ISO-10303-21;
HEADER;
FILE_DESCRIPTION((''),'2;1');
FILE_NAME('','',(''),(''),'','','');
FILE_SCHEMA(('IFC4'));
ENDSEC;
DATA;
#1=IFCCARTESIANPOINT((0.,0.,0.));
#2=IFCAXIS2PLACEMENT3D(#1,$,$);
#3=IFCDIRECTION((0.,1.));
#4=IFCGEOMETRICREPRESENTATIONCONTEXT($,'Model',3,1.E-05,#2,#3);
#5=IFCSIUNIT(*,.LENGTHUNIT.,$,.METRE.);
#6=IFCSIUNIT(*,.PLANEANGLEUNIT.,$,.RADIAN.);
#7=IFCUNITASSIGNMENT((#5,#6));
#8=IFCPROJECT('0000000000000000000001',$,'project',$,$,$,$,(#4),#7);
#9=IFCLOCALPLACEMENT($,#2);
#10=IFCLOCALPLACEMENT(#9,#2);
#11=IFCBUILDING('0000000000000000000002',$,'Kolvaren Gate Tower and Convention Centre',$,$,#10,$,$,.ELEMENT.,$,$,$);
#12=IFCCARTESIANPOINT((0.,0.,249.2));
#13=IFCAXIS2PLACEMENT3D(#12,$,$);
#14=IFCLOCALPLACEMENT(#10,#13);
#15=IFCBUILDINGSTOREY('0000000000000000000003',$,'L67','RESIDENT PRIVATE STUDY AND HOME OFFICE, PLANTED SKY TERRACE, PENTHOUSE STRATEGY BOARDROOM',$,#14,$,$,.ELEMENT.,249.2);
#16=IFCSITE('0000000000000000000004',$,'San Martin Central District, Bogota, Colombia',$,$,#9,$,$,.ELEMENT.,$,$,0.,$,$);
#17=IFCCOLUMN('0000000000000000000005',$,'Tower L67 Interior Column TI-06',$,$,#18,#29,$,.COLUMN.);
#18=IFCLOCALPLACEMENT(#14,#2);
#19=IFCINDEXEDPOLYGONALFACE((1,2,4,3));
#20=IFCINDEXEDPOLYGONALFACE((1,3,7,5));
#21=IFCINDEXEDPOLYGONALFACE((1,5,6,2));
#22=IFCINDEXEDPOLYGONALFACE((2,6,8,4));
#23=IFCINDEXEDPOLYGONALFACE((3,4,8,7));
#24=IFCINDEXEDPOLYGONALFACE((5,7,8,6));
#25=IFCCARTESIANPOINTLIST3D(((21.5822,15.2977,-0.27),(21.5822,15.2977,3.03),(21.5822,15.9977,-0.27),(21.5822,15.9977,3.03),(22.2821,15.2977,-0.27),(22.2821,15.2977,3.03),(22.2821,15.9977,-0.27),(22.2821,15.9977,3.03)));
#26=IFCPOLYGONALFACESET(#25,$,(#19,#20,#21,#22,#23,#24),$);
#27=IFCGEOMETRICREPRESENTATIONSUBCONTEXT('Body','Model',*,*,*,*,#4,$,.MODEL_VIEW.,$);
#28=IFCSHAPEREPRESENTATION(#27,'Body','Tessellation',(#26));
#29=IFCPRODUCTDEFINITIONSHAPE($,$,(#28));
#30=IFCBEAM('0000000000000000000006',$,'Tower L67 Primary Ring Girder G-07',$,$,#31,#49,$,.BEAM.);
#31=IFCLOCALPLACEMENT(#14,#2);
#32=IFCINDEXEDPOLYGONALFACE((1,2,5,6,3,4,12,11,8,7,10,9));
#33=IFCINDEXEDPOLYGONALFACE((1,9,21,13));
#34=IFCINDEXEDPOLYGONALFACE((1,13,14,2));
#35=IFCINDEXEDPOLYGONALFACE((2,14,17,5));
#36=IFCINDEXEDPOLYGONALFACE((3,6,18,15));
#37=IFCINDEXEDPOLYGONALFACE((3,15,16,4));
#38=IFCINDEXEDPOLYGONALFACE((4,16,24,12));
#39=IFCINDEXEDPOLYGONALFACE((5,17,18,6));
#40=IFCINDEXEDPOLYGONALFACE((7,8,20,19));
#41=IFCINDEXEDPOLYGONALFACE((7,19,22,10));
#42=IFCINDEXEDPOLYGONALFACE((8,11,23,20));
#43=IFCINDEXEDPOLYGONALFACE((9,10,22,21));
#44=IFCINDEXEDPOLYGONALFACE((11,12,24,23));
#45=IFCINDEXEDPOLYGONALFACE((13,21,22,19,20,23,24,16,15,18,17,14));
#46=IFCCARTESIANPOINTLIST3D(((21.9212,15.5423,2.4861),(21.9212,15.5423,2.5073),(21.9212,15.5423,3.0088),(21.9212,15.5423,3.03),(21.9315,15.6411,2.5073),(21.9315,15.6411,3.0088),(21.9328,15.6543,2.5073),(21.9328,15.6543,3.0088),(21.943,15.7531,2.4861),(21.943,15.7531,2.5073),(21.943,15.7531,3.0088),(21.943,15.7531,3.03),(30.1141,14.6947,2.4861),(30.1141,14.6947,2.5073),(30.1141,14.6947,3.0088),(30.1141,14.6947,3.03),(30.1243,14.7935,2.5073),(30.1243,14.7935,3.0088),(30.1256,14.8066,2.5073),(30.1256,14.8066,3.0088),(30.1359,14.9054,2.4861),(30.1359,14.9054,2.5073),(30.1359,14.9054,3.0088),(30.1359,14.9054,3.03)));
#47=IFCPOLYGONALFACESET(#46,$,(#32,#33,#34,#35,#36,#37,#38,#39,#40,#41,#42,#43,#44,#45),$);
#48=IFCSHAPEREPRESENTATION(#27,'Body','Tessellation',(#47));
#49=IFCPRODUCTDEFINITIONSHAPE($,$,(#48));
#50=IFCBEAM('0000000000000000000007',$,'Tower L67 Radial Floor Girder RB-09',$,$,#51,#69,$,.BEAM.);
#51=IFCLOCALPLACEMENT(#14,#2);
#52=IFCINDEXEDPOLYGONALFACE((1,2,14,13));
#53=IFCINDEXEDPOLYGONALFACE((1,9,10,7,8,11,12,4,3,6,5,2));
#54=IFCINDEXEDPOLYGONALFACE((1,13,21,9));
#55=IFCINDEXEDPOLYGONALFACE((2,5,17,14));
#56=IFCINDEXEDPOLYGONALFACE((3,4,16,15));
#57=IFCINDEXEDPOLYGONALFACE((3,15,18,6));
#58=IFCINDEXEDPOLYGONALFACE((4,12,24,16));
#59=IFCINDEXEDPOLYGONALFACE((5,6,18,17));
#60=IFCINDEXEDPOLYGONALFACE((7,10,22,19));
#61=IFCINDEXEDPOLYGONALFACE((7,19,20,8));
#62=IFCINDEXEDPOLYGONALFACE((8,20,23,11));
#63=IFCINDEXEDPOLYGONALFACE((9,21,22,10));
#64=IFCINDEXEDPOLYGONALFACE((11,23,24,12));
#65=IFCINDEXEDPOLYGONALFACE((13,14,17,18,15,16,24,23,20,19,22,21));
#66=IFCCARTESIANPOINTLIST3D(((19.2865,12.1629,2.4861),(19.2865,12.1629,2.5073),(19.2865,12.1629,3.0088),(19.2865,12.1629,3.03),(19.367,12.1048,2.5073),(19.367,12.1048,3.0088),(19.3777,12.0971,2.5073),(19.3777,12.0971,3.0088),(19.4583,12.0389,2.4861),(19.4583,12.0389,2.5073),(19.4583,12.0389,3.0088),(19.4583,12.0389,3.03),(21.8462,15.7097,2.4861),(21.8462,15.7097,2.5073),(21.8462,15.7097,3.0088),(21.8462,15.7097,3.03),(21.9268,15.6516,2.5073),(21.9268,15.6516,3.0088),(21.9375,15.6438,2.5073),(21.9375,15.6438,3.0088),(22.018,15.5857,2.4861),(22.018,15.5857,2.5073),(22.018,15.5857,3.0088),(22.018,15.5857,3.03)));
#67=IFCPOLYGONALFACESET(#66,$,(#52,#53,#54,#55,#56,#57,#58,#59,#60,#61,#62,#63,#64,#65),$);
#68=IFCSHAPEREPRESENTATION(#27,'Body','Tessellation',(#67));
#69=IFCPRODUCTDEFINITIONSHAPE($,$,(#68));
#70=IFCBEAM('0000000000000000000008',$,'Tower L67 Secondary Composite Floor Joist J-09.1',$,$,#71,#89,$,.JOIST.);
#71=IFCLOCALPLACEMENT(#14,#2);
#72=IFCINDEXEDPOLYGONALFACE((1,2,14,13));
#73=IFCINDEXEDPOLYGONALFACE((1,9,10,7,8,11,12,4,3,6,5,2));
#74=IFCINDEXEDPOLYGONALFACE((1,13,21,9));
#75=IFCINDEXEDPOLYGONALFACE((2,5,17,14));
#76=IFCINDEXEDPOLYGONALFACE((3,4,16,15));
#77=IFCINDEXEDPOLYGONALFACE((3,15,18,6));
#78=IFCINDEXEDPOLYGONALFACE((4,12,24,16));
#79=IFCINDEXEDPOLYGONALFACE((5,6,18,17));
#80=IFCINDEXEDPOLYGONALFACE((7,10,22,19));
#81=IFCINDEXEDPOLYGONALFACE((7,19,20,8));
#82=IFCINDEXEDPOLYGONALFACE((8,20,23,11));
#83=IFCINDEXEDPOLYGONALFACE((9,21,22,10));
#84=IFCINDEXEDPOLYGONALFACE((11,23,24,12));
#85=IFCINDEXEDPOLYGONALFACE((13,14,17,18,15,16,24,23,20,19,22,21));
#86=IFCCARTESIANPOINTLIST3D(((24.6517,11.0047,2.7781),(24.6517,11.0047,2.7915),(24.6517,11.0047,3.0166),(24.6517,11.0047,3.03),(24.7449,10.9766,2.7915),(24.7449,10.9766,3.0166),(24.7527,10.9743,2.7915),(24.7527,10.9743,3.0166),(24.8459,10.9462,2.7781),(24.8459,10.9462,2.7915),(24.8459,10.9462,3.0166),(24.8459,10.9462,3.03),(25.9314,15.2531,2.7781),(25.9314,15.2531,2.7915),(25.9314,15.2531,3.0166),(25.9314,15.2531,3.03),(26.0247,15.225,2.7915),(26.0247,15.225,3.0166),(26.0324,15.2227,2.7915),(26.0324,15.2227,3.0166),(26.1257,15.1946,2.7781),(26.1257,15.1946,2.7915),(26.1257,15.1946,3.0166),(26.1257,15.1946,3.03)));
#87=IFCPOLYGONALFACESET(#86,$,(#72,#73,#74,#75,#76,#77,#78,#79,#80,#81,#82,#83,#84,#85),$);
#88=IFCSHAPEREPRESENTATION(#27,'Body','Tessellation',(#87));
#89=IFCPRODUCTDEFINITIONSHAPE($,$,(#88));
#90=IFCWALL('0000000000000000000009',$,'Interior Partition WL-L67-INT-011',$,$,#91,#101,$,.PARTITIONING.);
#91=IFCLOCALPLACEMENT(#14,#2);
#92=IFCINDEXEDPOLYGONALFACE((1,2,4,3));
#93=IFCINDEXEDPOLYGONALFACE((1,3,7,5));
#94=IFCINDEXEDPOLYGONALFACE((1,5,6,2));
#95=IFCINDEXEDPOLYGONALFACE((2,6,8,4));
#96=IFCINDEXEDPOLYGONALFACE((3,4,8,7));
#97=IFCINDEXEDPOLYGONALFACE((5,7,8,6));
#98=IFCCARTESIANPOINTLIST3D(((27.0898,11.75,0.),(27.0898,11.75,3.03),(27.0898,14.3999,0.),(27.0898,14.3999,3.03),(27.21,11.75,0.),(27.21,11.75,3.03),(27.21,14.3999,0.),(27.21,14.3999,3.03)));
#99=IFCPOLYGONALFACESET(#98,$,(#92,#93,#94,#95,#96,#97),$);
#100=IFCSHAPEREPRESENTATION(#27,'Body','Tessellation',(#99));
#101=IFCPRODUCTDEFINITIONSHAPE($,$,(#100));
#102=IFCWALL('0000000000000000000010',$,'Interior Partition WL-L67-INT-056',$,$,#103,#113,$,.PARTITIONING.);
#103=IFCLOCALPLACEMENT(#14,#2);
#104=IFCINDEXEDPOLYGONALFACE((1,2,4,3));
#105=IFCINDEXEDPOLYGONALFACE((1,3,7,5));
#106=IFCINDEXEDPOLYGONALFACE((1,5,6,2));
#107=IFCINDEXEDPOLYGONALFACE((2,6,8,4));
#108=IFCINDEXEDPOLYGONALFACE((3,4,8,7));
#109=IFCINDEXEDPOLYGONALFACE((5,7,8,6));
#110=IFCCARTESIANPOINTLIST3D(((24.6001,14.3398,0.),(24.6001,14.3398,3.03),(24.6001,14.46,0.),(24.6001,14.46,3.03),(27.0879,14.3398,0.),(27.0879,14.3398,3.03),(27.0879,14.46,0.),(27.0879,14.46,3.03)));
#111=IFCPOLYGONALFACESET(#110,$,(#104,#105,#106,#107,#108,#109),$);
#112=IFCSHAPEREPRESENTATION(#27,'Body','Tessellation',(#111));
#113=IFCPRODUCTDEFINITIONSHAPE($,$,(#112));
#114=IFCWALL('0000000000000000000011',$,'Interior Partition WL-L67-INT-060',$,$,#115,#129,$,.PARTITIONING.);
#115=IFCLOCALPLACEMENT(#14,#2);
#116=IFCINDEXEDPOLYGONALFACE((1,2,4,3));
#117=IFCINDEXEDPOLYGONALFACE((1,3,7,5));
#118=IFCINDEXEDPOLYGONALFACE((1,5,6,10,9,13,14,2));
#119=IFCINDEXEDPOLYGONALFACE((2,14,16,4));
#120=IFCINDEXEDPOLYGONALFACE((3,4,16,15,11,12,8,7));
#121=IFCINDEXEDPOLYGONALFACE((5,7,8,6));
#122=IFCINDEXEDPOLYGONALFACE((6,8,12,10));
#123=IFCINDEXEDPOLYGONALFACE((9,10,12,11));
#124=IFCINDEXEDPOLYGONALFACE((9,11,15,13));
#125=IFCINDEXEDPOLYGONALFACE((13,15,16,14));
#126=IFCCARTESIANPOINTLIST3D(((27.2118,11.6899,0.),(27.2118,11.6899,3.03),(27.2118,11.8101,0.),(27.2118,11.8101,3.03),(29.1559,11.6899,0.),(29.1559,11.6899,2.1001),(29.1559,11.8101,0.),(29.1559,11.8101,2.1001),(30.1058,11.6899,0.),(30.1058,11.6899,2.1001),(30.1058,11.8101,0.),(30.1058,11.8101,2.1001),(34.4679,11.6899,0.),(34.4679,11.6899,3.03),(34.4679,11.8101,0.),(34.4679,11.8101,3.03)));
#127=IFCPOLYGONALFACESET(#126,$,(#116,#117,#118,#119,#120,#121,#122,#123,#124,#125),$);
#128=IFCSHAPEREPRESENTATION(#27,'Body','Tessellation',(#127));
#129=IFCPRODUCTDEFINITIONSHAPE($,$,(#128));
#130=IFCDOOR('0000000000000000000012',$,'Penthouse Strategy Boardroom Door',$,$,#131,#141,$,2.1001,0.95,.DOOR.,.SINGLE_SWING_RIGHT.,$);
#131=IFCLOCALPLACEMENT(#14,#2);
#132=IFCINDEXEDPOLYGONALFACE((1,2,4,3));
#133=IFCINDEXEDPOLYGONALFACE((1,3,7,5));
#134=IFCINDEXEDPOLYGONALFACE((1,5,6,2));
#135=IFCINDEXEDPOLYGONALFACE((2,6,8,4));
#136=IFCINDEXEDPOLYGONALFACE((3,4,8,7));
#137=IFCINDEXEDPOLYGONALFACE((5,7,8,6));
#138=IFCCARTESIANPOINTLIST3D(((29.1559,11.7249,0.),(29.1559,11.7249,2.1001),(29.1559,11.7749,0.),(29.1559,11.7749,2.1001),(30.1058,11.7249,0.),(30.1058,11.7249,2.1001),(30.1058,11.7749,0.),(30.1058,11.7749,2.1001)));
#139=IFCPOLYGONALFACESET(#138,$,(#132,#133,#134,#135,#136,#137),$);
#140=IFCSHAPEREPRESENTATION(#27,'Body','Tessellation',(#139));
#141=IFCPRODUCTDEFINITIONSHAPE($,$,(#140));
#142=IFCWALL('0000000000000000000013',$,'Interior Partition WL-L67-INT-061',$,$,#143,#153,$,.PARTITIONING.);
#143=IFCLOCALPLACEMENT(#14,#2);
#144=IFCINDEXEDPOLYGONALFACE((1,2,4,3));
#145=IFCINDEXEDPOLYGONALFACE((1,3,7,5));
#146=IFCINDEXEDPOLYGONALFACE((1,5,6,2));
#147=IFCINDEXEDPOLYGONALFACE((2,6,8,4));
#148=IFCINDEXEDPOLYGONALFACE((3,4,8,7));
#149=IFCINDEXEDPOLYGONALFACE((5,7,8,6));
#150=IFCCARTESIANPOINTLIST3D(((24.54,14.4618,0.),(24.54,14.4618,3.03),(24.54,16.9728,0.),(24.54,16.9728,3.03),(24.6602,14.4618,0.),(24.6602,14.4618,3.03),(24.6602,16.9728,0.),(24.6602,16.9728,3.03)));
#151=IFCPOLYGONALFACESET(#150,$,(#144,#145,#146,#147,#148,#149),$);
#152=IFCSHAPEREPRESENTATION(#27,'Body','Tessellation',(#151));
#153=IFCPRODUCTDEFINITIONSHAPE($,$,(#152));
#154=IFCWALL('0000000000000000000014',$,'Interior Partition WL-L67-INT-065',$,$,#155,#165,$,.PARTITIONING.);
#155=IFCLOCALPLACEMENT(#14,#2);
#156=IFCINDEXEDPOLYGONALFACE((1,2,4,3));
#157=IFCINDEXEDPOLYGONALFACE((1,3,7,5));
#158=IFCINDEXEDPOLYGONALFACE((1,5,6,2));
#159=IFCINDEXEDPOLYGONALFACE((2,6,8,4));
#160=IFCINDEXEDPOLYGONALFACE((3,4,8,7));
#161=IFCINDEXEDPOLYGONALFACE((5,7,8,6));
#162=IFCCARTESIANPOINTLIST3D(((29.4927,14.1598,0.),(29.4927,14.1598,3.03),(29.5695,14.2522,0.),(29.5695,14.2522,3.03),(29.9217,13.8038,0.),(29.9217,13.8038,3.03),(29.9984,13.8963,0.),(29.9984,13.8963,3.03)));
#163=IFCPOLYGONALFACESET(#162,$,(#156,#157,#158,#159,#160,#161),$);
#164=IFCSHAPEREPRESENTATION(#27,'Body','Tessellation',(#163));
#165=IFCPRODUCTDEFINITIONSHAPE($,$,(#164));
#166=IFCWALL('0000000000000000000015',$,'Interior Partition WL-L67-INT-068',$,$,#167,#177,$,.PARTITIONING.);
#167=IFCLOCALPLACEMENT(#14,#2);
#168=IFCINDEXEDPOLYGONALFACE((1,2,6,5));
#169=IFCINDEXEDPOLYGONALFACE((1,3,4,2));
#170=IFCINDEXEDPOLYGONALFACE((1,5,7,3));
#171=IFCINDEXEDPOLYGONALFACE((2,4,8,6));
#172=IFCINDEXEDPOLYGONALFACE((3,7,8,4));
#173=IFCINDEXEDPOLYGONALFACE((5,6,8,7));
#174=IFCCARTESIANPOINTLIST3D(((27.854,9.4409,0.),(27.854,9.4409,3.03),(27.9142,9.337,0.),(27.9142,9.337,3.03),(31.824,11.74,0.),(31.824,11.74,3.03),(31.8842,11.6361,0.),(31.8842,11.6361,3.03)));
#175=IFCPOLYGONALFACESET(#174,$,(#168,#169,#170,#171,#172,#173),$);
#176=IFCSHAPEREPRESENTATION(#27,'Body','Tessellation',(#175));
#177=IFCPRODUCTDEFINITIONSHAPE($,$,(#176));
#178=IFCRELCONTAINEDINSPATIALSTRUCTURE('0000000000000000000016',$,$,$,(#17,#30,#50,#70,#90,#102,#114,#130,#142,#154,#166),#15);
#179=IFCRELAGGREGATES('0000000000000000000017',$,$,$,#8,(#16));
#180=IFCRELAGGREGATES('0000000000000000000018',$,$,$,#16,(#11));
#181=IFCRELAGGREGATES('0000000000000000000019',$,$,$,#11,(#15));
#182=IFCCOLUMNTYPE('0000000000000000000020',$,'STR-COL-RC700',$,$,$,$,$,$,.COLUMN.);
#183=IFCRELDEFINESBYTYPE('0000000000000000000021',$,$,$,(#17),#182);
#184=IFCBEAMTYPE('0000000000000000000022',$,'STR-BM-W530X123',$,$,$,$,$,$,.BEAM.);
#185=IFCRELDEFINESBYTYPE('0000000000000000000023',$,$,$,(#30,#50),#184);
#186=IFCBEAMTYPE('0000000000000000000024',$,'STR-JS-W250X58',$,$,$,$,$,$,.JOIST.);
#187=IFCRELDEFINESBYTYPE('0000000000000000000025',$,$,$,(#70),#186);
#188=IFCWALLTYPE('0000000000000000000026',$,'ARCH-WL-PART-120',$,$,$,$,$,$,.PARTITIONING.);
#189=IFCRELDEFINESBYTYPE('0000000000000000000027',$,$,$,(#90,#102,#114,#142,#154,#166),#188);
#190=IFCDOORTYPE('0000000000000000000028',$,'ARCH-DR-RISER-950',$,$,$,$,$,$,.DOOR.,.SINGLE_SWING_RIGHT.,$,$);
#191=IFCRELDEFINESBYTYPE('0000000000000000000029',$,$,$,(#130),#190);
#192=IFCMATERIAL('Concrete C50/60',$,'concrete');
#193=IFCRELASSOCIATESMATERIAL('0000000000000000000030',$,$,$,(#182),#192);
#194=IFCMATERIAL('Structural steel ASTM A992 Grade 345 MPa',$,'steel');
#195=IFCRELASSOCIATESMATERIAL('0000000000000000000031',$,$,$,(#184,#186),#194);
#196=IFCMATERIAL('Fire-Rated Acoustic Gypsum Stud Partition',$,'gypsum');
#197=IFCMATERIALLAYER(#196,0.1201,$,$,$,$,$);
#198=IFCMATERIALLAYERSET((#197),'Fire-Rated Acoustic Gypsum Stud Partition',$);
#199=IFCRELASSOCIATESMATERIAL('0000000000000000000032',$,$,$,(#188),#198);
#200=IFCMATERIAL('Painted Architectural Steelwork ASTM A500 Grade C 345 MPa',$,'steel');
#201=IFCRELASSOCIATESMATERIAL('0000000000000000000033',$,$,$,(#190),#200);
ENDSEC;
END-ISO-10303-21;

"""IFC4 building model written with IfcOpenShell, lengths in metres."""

from ifc_helpers import new_model, si_unit, direction, frame, frame_2d, origin, origin_2d, place, context, subcontext, project, spatial, rectangle, i_section, extrude, material, layer, layer_set, material_profile, profile_set, type_object, element, fill, save


model = new_model("IFC4")

# Units and contexts
model_context = context("Model", 3, precision=1e-05, world=origin(), true_north=direction((0.0, 1.0)))
body_context = subcontext(model_context, "Body", "Model", "MODEL_VIEW")
ifc_project = project(units=[si_unit("LENGTHUNIT", "METRE"), si_unit("PLANEANGLEUNIT", "RADIAN")], contexts=[model_context])

# Site, building, storey
site_placement = place(None, origin())
site = spatial("IfcSite", under=ifc_project, at=site_placement, Name="San Martin Central District, Bogota, Colombia", CompositionType="ELEMENT", RefElevation=0.0)
building_placement = place(site_placement, origin())
building = spatial("IfcBuilding", under=site, at=building_placement, Name="Kolvaren Gate Tower and Convention Centre", CompositionType="ELEMENT")
storey_placement = place(building_placement, frame((0.0, 0.0, 249.2)))
storey = spatial("IfcBuildingStorey", under=building, at=storey_placement, Name="L67", Description="RESIDENT PRIVATE STUDY AND HOME OFFICE, PLANTED SKY TERRACE, PENTHOUSE STRATEGY BOARDROOM", CompositionType="ELEMENT", Elevation=249.2)

# Column
ifc_material_1 = material(Name="Concrete C50/60", Category="concrete")
ifc_material_profile_1 = material_profile(ifc_material_1, rectangle(XDim=0.7, YDim=0.7, at=origin_2d()), Name="RC-COL-700X700")
ifc_profile_set_1 = profile_set([ifc_material_profile_1], Name="Concrete C50/60")
column_type = type_object("IfcColumnType", Name="STR-COL-RC700", PredefinedType="COLUMN", material=ifc_profile_set_1)
column_placement = place(storey_placement, frame((21.9321, 15.6477, -0.27), z_axis=(0.0, 0.0, 1.0), x_axis=(1.0, 0.0, 0.0)))
element("IfcColumn", 1, at=column_placement, inside=storey, type_object=column_type, Name="Tower L67 Interior Column TI-06", PredefinedType="COLUMN", context=body_context, shape_type="SweptSolid", body=[
    extrude(rectangle(XDim=0.7, YDim=0.7, at=origin_2d()), origin(), (0.0, 0.0, 1.0), 3.3),
])

# Beams
ifc_material_2 = material(Name="Structural steel ASTM A992 Grade 345 MPa", Category="steel")
ifc_material_profile_2 = material_profile(ifc_material_2, i_section(OverallWidth=0.2119, OverallDepth=0.5439, WebThickness=0.0132, FlangeThickness=0.0212, at=origin_2d()), Name="W530X123")
ifc_profile_set_2 = profile_set([ifc_material_profile_2], Name="Structural steel ASTM A992 Grade 345 MPa")
beam_type_1 = type_object("IfcBeamType", Name="STR-BM-W530X123", PredefinedType="BEAM", material=ifc_profile_set_2)
beam_1_placement = place(storey_placement, frame((21.9321, 15.6477, 2.7581), z_axis=(0.99469, -0.102913, 0.0), x_axis=(0.102913, 0.99469, 0.0)))
element("IfcBeam", 2, at=beam_1_placement, inside=storey, type_object=beam_type_1, Name="Tower L67 Primary Ring Girder G-07", PredefinedType="BEAM", context=body_context, shape_type="SweptSolid", body=[
    extrude(i_section(OverallWidth=0.2119, OverallDepth=0.5439, WebThickness=0.0132, FlangeThickness=0.0212, at=origin_2d()), origin(), (0.0, 0.0, 1.0), 8.2366),
])
beam_2_placement = place(storey_placement, frame((21.9321, 15.6477, 2.7581), z_axis=(-0.585217, -0.810876, 0.0), x_axis=(0.810876, -0.585217, 0.0)))
element("IfcBeam", 3, at=beam_2_placement, inside=storey, type_object=beam_type_1, Name="Tower L67 Radial Floor Girder RB-09", PredefinedType="BEAM", context=body_context, shape_type="SweptSolid", body=[
    extrude(i_section(OverallWidth=0.2119, OverallDepth=0.5439, WebThickness=0.0132, FlangeThickness=0.0212, at=origin_2d()), origin(), (0.0, 0.0, 1.0), 4.374),
])
ifc_material_profile_3 = material_profile(ifc_material_2, i_section(OverallWidth=0.2029, OverallDepth=0.252, WebThickness=0.0081, FlangeThickness=0.0134, at=origin_2d()), Name="W250X58")
ifc_profile_set_3 = profile_set([ifc_material_profile_3], Name="Structural steel ASTM A992 Grade 345 MPa")
beam_type_2 = type_object("IfcBeamType", Name="STR-JS-W250X58", PredefinedType="JOIST", material=ifc_profile_set_3)
beam_3_placement = place(storey_placement, frame((26.0286, 15.2239, 2.9041), z_axis=(-0.288428, -0.957502, 0.0), x_axis=(0.957502, -0.288428, 0.0)))
element("IfcBeam", 4, at=beam_3_placement, inside=storey, type_object=beam_type_2, Name="Tower L67 Secondary Composite Floor Joist J-09.1", PredefinedType="JOIST", context=body_context, shape_type="SweptSolid", body=[
    extrude(i_section(OverallWidth=0.2029, OverallDepth=0.252, WebThickness=0.0081, FlangeThickness=0.0134, at=origin_2d()), origin(), (0.0, 0.0, 1.0), 4.437),
])

# Walls
ifc_material_3 = material(Name="Fire-Rated Acoustic Gypsum Stud Partition", Category="gypsum")
ifc_layer_1 = layer(ifc_material_3, 0.1201)
ifc_layer_set_1 = layer_set([ifc_layer_1], Name="Fire-Rated Acoustic Gypsum Stud Partition")
wall_type_1 = type_object("IfcWallType", Name="ARCH-WL-PART-120", PredefinedType="PARTITIONING", material=ifc_layer_set_1)
wall_1_placement = place(storey_placement, frame((27.1499, 11.75, 0.0), z_axis=(0.0, 0.0, 1.0), x_axis=(0.0, 1.0, 0.0)))
element("IfcWall", 5, at=wall_1_placement, inside=storey, type_object=wall_type_1, Name="Interior Partition WL-L67-INT-011", PredefinedType="PARTITIONING", context=body_context, shape_type="SweptSolid", body=[
    extrude(rectangle(XDim=2.6499, YDim=0.1201, at=frame_2d((1.325, 0.0))), origin(), (0.0, 0.0, 1.0), 3.03),
])
wall_2_placement = place(storey_placement, frame((24.6001, 14.3999, 0.0), z_axis=(0.0, 0.0, 1.0), x_axis=(1.0, 0.0, 0.0)))
element("IfcWall", 6, at=wall_2_placement, inside=storey, type_object=wall_type_1, Name="Interior Partition WL-L67-INT-056", PredefinedType="PARTITIONING", context=body_context, shape_type="SweptSolid", body=[
    extrude(rectangle(XDim=2.4878, YDim=0.1201, at=frame_2d((1.2439, 0.0))), origin(), (0.0, 0.0, 1.0), 3.03),
])

# Wall, opening, door
wall_3_placement = place(storey_placement, frame((27.2119, 11.75, 0.0), z_axis=(0.0, 0.0, 1.0), x_axis=(1.0, 0.0, 0.0)))
wall_3 = element("IfcWall", 7, at=wall_3_placement, inside=storey, type_object=wall_type_1, Name="Interior Partition WL-L67-INT-060", PredefinedType="PARTITIONING", context=body_context, shape_type="SweptSolid", body=[
    extrude(rectangle(XDim=7.2561, YDim=0.1201, at=frame_2d((3.6279, 0.0))), origin(), (0.0, 0.0, 1.0), 3.03),
])
opening_1_placement = place(wall_3_placement, frame((1.9438, 0.0, 0.0)))
opening_1 = element("IfcOpeningElement", 8, at=opening_1_placement, cuts=wall_3, PredefinedType="OPENING", context=body_context, shape_type="SweptSolid", body=[
    extrude(rectangle(XDim=0.95, YDim=2.1001, at=frame_2d((0.4751, 1.05))), frame((0.0, 0.0701, 0.0), z_axis=(0.0, -1.0, 0.0), x_axis=(1.0, 0.0, 0.0)), (0.0, 0.0, 1.0), 0.1401),
])
ifc_material_4 = material(Name="Painted Architectural Steelwork ASTM A500 Grade C 345 MPa", Category="steel")
door_type = type_object("IfcDoorType", Name="ARCH-DR-RISER-950", OperationType="SINGLE_SWING_RIGHT", PredefinedType="DOOR", material=ifc_material_4)
door_placement = place(opening_1_placement, origin())
door = element("IfcDoor", 9, at=door_placement, inside=storey, type_object=door_type, Name="Penthouse Strategy Boardroom Door", OperationType="SINGLE_SWING_RIGHT", OverallHeight=2.1001, OverallWidth=0.95, PredefinedType="DOOR", context=body_context, shape_type="SweptSolid", body=[
    extrude(rectangle(XDim=0.95, YDim=2.1001, at=frame_2d((0.4751, 1.05))), frame((0.0, 0.0249, 0.0), z_axis=(0.0, -1.0, 0.0), x_axis=(1.0, 0.0, 0.0)), (0.0, 0.0, 1.0), 0.05),
])
fill(opening_1, door)

# Walls
wall_4_placement = place(storey_placement, frame((24.6001, 14.4619, 0.0), z_axis=(0.0, 0.0, 1.0), x_axis=(0.0, 1.0, 0.0)))
element("IfcWall", 10, at=wall_4_placement, inside=storey, type_object=wall_type_1, Name="Interior Partition WL-L67-INT-061", PredefinedType="PARTITIONING", context=body_context, shape_type="SweptSolid", body=[
    extrude(rectangle(XDim=2.511, YDim=0.1201, at=frame_2d((1.2554, 0.0))), origin(), (0.0, 0.0, 1.0), 3.03),
])
wall_5_placement = place(storey_placement, frame((29.531, 14.2061, 0.0), z_axis=(0.0, 0.0, 1.0), x_axis=(0.769548, -0.638589, 0.0)))
element("IfcWall", 11, at=wall_5_placement, inside=storey, type_object=wall_type_1, Name="Interior Partition WL-L67-INT-065", PredefinedType="PARTITIONING", context=body_context, shape_type="SweptSolid", body=[
    extrude(rectangle(XDim=0.5574, YDim=0.1201, at=frame_2d((0.2788, 0.0))), origin(), (0.0, 0.0, 1.0), 3.03),
])
wall_6_placement = place(storey_placement, frame((27.884, 9.3889, 0.0), z_axis=(0.0, 0.0, 1.0), x_axis=(0.865363, 0.501145, 0.0)))
element("IfcWall", 12, at=wall_6_placement, inside=storey, type_object=wall_type_1, Name="Interior Partition WL-L67-INT-068", PredefinedType="PARTITIONING", context=body_context, shape_type="SweptSolid", body=[
    extrude(rectangle(XDim=4.5876, YDim=0.1201, at=frame_2d((2.2939, 0.0))), origin(), (0.0, 0.0, 1.0), 3.03),
])

save(model, "model.ifc")
